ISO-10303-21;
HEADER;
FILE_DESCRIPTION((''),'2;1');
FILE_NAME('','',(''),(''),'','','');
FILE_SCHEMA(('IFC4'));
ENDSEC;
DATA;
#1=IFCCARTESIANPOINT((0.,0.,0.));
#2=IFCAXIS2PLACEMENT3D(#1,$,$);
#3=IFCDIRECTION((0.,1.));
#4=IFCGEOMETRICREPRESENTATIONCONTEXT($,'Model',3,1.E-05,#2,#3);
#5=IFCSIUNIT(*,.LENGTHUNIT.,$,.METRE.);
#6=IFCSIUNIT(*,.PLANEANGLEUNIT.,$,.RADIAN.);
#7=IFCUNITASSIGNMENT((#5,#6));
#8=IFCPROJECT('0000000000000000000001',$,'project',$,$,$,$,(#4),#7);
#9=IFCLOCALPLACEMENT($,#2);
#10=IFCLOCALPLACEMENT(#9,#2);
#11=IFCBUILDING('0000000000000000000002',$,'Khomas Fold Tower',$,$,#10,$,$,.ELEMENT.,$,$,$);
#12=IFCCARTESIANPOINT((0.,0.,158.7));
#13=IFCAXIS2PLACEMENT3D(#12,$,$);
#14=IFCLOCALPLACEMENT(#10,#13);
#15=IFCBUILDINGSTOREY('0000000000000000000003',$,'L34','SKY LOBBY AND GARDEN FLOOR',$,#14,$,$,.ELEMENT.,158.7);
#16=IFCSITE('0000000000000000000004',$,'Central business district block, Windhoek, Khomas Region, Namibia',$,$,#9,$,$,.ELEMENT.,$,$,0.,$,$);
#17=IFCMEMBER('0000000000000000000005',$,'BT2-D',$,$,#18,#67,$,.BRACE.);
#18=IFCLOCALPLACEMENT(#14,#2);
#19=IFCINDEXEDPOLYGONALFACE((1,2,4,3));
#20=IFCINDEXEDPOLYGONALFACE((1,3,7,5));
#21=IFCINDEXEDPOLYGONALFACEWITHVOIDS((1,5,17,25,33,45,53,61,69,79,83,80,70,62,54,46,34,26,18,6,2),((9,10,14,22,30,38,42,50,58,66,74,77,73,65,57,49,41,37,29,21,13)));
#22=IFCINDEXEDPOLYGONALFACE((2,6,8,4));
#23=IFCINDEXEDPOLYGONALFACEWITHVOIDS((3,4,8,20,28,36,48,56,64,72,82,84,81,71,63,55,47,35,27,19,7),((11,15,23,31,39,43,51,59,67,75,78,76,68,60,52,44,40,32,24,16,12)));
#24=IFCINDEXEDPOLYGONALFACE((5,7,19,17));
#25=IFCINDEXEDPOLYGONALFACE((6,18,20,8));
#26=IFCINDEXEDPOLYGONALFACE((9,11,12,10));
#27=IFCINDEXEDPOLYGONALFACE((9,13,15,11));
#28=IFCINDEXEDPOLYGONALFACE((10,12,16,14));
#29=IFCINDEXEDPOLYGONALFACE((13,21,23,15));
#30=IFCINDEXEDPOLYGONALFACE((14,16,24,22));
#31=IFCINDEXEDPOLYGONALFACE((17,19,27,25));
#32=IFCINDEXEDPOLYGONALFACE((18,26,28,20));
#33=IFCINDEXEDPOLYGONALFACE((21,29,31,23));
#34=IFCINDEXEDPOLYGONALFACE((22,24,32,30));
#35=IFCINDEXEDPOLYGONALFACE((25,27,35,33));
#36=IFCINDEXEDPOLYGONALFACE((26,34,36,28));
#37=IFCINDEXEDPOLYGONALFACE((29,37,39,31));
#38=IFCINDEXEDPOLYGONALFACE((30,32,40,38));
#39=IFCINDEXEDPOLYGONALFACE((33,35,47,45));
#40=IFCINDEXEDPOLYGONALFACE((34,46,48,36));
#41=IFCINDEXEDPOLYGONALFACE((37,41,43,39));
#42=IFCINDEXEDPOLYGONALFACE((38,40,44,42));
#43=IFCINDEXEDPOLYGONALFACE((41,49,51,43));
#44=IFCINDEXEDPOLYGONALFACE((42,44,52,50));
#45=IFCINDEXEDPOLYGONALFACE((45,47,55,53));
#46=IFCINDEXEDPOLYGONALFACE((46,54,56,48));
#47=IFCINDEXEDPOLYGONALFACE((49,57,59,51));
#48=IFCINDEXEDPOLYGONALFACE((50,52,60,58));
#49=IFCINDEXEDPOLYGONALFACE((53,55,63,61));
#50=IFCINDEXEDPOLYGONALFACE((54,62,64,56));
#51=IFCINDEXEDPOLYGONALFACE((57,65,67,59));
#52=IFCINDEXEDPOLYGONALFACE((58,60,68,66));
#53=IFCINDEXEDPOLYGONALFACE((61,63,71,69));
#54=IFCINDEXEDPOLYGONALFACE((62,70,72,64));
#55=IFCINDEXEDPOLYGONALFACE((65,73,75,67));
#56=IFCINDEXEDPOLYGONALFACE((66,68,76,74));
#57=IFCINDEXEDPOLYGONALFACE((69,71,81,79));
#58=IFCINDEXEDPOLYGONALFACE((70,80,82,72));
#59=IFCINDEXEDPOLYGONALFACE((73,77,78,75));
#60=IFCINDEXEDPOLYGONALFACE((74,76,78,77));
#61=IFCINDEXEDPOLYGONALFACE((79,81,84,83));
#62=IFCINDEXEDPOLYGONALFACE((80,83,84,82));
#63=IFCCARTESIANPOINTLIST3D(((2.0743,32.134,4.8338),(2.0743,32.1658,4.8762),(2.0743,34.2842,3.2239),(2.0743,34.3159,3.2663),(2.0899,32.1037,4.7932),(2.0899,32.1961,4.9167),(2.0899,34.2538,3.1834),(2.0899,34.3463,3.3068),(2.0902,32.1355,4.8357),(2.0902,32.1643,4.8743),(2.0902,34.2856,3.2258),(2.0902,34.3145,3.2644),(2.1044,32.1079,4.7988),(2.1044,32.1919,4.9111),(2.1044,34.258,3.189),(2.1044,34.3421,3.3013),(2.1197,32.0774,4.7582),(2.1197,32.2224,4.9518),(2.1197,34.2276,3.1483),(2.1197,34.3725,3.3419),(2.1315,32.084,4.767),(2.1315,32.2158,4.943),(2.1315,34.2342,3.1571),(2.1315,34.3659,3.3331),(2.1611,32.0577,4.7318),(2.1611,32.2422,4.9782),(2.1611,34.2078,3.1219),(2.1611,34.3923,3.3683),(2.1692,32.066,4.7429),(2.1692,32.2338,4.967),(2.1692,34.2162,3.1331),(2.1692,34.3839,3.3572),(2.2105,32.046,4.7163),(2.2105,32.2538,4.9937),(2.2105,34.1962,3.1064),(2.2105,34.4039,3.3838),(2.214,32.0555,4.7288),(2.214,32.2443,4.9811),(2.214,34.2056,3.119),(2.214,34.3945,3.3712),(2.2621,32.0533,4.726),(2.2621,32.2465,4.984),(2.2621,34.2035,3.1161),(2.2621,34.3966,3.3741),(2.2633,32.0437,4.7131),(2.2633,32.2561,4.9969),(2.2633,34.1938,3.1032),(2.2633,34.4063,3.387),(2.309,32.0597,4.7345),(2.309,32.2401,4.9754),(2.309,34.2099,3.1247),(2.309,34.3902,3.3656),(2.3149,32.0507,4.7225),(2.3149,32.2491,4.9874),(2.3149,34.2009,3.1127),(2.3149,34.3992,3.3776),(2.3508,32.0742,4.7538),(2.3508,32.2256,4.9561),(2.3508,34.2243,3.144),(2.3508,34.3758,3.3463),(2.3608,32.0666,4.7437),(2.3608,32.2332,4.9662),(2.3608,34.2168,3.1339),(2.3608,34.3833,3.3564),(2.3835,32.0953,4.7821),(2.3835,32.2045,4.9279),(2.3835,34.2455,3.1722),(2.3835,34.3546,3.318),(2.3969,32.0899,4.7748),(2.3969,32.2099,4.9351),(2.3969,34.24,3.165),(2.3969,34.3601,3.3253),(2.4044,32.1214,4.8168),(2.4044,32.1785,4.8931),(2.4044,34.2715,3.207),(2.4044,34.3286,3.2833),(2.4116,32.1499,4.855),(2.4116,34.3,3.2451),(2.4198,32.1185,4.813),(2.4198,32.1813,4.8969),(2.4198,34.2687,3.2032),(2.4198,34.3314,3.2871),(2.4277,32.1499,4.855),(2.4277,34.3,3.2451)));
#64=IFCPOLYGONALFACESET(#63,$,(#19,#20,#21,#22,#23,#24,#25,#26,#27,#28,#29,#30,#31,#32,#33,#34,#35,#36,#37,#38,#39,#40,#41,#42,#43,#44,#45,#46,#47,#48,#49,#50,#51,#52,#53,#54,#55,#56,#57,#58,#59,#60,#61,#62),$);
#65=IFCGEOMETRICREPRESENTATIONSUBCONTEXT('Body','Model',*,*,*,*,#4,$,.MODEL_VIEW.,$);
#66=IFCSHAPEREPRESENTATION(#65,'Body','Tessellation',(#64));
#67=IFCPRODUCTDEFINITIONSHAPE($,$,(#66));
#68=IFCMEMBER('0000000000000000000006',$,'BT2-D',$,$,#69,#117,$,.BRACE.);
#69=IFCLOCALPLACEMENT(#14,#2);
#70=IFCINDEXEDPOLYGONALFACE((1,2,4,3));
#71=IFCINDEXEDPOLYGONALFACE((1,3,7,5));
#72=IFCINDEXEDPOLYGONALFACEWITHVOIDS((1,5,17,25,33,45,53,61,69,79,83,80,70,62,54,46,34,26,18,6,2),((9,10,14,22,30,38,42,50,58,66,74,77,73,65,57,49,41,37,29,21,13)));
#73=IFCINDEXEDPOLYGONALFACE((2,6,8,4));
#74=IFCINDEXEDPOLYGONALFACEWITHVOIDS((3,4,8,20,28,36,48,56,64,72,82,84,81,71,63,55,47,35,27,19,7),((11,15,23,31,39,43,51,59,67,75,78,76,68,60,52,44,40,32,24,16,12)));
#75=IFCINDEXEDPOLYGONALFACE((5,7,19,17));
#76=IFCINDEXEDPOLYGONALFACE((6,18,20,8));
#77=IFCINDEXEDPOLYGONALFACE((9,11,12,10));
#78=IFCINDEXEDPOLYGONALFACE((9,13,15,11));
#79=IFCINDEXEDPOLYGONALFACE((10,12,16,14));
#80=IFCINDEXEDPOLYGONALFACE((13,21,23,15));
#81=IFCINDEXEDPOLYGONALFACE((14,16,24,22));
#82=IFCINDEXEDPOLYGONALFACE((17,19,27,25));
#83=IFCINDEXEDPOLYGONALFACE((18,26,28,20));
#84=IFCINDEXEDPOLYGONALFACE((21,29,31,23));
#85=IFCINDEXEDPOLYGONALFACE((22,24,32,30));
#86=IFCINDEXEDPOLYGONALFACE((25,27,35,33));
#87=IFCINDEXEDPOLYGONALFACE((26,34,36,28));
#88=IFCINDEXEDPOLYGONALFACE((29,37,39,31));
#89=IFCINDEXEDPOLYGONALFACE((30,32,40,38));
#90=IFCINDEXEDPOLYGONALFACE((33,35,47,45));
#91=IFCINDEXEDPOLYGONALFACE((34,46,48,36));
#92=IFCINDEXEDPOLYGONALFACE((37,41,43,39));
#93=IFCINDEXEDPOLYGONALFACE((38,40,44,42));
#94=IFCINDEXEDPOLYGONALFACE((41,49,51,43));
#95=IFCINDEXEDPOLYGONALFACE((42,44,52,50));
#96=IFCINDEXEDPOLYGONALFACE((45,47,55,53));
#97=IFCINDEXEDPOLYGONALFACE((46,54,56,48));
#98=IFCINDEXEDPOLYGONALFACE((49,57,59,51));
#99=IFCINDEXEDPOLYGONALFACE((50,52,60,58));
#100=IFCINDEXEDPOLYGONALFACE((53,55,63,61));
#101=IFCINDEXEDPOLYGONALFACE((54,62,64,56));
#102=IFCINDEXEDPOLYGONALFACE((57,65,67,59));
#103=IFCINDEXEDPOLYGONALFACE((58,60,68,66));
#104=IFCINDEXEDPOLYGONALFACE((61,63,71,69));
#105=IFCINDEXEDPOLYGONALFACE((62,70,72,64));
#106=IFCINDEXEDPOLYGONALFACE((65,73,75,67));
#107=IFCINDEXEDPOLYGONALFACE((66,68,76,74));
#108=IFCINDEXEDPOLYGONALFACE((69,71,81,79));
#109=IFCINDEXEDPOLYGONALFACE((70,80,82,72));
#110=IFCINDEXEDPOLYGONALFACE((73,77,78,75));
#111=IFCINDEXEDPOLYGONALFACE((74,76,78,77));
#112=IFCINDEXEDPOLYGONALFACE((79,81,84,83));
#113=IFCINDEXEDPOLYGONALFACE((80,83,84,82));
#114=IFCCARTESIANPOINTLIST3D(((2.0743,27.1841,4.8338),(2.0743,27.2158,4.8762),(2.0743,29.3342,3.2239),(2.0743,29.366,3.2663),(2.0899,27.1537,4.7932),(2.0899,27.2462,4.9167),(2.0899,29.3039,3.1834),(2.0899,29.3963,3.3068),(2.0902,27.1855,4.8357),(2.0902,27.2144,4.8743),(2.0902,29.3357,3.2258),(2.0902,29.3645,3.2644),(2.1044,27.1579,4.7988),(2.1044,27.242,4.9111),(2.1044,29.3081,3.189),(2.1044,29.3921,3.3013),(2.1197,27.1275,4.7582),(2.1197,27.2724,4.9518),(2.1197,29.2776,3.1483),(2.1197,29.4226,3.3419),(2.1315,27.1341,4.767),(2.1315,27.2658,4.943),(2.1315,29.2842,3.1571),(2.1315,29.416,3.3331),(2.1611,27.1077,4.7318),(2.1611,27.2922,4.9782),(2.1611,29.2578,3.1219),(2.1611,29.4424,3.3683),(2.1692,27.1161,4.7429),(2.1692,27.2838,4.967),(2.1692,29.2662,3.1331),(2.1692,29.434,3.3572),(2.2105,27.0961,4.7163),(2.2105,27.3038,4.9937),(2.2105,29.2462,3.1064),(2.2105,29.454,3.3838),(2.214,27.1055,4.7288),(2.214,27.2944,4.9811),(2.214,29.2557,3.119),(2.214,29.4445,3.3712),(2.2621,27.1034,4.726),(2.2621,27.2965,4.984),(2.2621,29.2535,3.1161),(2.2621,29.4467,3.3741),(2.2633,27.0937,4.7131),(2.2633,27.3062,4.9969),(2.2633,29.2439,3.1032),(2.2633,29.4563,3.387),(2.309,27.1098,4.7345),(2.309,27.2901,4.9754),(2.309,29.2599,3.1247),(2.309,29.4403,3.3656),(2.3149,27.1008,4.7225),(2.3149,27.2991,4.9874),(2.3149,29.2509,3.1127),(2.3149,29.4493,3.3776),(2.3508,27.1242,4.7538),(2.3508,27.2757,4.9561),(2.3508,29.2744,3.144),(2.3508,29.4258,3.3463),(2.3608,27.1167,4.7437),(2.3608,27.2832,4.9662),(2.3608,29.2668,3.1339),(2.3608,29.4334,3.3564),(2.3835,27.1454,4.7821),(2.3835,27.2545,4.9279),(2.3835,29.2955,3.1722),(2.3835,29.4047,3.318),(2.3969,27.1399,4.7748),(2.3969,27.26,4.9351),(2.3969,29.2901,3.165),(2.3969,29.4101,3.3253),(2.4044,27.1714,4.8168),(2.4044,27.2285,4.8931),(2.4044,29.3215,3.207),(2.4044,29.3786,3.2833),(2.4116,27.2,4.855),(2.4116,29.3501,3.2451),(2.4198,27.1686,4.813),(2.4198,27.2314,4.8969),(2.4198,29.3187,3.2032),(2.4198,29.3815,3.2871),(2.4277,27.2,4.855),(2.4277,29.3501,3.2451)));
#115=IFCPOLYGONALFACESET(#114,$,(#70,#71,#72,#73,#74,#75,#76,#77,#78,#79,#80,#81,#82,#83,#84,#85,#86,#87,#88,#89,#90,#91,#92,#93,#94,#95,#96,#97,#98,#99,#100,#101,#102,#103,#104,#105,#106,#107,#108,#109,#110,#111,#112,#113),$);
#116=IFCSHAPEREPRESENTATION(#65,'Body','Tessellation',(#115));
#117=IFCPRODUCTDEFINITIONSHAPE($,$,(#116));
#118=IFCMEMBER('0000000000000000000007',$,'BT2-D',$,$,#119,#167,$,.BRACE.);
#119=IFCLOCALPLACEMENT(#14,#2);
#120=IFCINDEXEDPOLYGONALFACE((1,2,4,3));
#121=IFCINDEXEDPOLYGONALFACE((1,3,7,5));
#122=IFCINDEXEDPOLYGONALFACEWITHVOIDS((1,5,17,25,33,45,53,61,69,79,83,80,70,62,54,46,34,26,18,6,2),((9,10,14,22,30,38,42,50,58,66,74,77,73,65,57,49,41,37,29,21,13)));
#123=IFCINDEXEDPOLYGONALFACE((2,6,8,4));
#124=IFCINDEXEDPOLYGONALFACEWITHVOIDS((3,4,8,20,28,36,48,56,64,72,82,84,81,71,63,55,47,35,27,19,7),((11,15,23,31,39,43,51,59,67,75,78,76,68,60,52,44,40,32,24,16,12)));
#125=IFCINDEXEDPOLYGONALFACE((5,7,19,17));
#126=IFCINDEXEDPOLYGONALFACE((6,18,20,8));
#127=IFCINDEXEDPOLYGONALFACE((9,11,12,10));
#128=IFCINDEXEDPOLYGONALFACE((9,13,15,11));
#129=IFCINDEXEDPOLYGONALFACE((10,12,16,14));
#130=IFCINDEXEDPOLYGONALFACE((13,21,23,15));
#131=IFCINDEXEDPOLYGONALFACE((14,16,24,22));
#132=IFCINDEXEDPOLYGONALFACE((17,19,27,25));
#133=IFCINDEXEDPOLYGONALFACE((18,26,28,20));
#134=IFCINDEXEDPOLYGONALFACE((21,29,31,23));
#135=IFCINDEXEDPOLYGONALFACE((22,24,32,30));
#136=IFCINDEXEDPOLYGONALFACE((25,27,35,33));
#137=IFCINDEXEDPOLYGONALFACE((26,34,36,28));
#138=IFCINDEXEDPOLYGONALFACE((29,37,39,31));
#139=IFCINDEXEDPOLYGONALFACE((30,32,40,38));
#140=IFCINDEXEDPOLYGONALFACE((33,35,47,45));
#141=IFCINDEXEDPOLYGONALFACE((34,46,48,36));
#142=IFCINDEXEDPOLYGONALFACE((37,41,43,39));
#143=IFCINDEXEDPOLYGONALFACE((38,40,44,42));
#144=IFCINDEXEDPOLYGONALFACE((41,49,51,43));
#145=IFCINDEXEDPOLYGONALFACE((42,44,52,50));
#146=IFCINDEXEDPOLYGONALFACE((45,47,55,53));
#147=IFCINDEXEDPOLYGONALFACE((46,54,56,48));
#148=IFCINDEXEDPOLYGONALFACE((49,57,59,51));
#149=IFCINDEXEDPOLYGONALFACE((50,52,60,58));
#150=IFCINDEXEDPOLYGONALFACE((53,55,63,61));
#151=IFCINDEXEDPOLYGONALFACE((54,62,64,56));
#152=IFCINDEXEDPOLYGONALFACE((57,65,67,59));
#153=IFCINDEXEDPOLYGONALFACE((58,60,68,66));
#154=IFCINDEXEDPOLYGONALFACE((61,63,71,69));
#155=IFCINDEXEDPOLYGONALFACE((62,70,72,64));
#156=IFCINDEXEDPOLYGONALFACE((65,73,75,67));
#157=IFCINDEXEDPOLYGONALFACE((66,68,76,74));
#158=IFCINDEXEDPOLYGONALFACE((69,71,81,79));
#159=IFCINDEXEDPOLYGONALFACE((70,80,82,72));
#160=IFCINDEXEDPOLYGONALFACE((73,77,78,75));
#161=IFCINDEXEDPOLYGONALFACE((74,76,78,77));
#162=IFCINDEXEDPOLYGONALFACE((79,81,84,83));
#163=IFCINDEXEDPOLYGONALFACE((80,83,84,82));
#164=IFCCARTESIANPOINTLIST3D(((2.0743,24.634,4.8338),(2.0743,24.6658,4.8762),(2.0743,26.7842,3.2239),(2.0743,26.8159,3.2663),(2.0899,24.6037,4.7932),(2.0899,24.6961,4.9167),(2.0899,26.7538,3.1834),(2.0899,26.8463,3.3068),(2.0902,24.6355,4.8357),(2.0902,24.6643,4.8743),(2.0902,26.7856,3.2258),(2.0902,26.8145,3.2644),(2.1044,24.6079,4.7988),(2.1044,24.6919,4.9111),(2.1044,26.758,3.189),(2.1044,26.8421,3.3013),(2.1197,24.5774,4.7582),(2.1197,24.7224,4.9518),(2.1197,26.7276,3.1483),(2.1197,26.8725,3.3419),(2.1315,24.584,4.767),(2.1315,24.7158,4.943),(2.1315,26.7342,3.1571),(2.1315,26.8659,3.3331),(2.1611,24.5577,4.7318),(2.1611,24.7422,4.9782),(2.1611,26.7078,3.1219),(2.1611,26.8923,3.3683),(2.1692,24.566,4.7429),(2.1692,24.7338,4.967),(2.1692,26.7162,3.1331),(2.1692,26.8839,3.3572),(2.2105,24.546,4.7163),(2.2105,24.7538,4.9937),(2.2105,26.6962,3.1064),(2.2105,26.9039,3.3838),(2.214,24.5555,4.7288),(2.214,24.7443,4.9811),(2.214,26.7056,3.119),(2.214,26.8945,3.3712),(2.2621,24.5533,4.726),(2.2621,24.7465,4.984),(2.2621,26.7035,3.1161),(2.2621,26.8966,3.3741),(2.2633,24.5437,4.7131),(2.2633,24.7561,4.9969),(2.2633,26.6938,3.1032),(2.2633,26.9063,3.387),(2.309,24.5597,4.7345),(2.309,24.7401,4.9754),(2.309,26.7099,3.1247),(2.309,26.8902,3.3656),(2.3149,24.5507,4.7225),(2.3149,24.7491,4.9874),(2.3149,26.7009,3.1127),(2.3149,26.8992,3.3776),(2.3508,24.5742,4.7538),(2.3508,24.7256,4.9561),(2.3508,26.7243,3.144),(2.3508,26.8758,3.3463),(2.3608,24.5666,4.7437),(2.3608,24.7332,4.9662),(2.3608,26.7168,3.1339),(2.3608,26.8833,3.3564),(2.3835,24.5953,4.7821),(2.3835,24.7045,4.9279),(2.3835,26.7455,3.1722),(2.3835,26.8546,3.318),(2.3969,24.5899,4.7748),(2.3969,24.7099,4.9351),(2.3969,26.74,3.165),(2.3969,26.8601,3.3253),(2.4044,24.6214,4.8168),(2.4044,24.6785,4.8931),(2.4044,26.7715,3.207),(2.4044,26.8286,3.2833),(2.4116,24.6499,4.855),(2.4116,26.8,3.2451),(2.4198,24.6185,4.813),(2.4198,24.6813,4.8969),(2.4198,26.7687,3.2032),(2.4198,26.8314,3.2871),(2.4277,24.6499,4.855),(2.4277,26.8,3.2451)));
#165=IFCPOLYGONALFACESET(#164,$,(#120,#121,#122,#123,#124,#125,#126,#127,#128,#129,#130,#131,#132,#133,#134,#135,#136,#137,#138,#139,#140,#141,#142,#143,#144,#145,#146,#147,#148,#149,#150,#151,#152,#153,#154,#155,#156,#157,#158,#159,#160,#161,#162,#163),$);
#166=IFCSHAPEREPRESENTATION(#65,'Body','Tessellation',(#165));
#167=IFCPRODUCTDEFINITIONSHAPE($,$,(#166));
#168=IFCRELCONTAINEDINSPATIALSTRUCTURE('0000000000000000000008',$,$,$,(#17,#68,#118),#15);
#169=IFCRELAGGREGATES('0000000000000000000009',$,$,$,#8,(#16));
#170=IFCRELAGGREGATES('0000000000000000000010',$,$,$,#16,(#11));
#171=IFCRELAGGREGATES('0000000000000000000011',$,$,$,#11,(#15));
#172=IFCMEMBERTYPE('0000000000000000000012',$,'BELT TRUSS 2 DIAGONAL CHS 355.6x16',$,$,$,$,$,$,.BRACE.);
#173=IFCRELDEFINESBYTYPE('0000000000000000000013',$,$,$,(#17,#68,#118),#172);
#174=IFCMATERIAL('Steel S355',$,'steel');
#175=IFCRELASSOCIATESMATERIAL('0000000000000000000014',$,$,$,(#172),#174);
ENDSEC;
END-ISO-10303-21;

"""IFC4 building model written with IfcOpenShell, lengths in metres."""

from ifc_helpers import new_model, si_unit, direction, frame, origin, origin_2d, place, context, subcontext, project, spatial, hollow_circle, extrude, source, transform, mapped, material, material_profile, profile_set, type_object, element, save


model = new_model("IFC4")

# Units and contexts
model_context = context("Model", 3, precision=1e-05, world=origin(), true_north=direction((0.0, 1.0)))
body_context = subcontext(model_context, "Body", "Model", "MODEL_VIEW")
ifc_project = project(units=[si_unit("LENGTHUNIT", "METRE"), si_unit("PLANEANGLEUNIT", "RADIAN")], contexts=[model_context])

# Site, building, storey
site_placement = place(None, origin())
site = spatial("IfcSite", under=ifc_project, at=site_placement, Name="Central business district block, Windhoek, Khomas Region, Namibia", CompositionType="ELEMENT", RefElevation=0.0)
building_placement = place(site_placement, origin())
building = spatial("IfcBuilding", under=site, at=building_placement, Name="Khomas Fold Tower", CompositionType="ELEMENT")
storey_placement = place(building_placement, frame((0.0, 0.0, 158.7)))
storey = spatial("IfcBuildingStorey", under=building, at=storey_placement, Name="L34", Description="SKY LOBBY AND GARDEN FLOOR", CompositionType="ELEMENT", Elevation=158.7)

# Members
ifc_material_1 = material(Name="Steel S355", Category="steel")
ifc_material_profile_1 = material_profile(ifc_material_1, hollow_circle(Radius=0.1777, WallThickness=0.0161, at=origin_2d()), Name="CHS 355.6x16")
ifc_profile_set_1 = profile_set([ifc_material_profile_1], Name="Steel S355")
member_type_1 = type_object("IfcMemberType", Name="BELT TRUSS 2 DIAGONAL CHS 355.6x16", PredefinedType="BRACE", material=ifc_profile_set_1)
shared_shape_1 = source(origin(), body_context, "Body", "SweptSolid", [
    extrude(hollow_circle(Radius=0.1777, WallThickness=0.0161, at=origin_2d()), origin(), (0.0, 0.0, 1.0), 2.686),
])
for number, where, z_axis, x_axis, name in (
    (1, (2.25, 34.3, 3.2451), (0.0, -0.800491, 0.599345), (1.0, 0.0, 0.0), "BT2-D"),
    (2, (2.25, 29.3501, 3.2451), (0.0, -0.800491, 0.599345), (1.0, 0.0, 0.0), "BT2-D"),
    (3, (2.25, 26.8, 3.2451), (0.0, -0.800491, 0.599345), (1.0, 0.0, 0.0), "BT2-D"),
):
    element("IfcMember", number, at=place(storey_placement, frame(where, z_axis=z_axis, x_axis=x_axis)), inside=storey, type_object=member_type_1, Name=name, PredefinedType="BRACE", context=body_context, shape_type="MappedRepresentation", body=[
        mapped(shared_shape_1, transform((0.0, 0.0, 0.0))),
    ])

save(model, "model.ifc")
